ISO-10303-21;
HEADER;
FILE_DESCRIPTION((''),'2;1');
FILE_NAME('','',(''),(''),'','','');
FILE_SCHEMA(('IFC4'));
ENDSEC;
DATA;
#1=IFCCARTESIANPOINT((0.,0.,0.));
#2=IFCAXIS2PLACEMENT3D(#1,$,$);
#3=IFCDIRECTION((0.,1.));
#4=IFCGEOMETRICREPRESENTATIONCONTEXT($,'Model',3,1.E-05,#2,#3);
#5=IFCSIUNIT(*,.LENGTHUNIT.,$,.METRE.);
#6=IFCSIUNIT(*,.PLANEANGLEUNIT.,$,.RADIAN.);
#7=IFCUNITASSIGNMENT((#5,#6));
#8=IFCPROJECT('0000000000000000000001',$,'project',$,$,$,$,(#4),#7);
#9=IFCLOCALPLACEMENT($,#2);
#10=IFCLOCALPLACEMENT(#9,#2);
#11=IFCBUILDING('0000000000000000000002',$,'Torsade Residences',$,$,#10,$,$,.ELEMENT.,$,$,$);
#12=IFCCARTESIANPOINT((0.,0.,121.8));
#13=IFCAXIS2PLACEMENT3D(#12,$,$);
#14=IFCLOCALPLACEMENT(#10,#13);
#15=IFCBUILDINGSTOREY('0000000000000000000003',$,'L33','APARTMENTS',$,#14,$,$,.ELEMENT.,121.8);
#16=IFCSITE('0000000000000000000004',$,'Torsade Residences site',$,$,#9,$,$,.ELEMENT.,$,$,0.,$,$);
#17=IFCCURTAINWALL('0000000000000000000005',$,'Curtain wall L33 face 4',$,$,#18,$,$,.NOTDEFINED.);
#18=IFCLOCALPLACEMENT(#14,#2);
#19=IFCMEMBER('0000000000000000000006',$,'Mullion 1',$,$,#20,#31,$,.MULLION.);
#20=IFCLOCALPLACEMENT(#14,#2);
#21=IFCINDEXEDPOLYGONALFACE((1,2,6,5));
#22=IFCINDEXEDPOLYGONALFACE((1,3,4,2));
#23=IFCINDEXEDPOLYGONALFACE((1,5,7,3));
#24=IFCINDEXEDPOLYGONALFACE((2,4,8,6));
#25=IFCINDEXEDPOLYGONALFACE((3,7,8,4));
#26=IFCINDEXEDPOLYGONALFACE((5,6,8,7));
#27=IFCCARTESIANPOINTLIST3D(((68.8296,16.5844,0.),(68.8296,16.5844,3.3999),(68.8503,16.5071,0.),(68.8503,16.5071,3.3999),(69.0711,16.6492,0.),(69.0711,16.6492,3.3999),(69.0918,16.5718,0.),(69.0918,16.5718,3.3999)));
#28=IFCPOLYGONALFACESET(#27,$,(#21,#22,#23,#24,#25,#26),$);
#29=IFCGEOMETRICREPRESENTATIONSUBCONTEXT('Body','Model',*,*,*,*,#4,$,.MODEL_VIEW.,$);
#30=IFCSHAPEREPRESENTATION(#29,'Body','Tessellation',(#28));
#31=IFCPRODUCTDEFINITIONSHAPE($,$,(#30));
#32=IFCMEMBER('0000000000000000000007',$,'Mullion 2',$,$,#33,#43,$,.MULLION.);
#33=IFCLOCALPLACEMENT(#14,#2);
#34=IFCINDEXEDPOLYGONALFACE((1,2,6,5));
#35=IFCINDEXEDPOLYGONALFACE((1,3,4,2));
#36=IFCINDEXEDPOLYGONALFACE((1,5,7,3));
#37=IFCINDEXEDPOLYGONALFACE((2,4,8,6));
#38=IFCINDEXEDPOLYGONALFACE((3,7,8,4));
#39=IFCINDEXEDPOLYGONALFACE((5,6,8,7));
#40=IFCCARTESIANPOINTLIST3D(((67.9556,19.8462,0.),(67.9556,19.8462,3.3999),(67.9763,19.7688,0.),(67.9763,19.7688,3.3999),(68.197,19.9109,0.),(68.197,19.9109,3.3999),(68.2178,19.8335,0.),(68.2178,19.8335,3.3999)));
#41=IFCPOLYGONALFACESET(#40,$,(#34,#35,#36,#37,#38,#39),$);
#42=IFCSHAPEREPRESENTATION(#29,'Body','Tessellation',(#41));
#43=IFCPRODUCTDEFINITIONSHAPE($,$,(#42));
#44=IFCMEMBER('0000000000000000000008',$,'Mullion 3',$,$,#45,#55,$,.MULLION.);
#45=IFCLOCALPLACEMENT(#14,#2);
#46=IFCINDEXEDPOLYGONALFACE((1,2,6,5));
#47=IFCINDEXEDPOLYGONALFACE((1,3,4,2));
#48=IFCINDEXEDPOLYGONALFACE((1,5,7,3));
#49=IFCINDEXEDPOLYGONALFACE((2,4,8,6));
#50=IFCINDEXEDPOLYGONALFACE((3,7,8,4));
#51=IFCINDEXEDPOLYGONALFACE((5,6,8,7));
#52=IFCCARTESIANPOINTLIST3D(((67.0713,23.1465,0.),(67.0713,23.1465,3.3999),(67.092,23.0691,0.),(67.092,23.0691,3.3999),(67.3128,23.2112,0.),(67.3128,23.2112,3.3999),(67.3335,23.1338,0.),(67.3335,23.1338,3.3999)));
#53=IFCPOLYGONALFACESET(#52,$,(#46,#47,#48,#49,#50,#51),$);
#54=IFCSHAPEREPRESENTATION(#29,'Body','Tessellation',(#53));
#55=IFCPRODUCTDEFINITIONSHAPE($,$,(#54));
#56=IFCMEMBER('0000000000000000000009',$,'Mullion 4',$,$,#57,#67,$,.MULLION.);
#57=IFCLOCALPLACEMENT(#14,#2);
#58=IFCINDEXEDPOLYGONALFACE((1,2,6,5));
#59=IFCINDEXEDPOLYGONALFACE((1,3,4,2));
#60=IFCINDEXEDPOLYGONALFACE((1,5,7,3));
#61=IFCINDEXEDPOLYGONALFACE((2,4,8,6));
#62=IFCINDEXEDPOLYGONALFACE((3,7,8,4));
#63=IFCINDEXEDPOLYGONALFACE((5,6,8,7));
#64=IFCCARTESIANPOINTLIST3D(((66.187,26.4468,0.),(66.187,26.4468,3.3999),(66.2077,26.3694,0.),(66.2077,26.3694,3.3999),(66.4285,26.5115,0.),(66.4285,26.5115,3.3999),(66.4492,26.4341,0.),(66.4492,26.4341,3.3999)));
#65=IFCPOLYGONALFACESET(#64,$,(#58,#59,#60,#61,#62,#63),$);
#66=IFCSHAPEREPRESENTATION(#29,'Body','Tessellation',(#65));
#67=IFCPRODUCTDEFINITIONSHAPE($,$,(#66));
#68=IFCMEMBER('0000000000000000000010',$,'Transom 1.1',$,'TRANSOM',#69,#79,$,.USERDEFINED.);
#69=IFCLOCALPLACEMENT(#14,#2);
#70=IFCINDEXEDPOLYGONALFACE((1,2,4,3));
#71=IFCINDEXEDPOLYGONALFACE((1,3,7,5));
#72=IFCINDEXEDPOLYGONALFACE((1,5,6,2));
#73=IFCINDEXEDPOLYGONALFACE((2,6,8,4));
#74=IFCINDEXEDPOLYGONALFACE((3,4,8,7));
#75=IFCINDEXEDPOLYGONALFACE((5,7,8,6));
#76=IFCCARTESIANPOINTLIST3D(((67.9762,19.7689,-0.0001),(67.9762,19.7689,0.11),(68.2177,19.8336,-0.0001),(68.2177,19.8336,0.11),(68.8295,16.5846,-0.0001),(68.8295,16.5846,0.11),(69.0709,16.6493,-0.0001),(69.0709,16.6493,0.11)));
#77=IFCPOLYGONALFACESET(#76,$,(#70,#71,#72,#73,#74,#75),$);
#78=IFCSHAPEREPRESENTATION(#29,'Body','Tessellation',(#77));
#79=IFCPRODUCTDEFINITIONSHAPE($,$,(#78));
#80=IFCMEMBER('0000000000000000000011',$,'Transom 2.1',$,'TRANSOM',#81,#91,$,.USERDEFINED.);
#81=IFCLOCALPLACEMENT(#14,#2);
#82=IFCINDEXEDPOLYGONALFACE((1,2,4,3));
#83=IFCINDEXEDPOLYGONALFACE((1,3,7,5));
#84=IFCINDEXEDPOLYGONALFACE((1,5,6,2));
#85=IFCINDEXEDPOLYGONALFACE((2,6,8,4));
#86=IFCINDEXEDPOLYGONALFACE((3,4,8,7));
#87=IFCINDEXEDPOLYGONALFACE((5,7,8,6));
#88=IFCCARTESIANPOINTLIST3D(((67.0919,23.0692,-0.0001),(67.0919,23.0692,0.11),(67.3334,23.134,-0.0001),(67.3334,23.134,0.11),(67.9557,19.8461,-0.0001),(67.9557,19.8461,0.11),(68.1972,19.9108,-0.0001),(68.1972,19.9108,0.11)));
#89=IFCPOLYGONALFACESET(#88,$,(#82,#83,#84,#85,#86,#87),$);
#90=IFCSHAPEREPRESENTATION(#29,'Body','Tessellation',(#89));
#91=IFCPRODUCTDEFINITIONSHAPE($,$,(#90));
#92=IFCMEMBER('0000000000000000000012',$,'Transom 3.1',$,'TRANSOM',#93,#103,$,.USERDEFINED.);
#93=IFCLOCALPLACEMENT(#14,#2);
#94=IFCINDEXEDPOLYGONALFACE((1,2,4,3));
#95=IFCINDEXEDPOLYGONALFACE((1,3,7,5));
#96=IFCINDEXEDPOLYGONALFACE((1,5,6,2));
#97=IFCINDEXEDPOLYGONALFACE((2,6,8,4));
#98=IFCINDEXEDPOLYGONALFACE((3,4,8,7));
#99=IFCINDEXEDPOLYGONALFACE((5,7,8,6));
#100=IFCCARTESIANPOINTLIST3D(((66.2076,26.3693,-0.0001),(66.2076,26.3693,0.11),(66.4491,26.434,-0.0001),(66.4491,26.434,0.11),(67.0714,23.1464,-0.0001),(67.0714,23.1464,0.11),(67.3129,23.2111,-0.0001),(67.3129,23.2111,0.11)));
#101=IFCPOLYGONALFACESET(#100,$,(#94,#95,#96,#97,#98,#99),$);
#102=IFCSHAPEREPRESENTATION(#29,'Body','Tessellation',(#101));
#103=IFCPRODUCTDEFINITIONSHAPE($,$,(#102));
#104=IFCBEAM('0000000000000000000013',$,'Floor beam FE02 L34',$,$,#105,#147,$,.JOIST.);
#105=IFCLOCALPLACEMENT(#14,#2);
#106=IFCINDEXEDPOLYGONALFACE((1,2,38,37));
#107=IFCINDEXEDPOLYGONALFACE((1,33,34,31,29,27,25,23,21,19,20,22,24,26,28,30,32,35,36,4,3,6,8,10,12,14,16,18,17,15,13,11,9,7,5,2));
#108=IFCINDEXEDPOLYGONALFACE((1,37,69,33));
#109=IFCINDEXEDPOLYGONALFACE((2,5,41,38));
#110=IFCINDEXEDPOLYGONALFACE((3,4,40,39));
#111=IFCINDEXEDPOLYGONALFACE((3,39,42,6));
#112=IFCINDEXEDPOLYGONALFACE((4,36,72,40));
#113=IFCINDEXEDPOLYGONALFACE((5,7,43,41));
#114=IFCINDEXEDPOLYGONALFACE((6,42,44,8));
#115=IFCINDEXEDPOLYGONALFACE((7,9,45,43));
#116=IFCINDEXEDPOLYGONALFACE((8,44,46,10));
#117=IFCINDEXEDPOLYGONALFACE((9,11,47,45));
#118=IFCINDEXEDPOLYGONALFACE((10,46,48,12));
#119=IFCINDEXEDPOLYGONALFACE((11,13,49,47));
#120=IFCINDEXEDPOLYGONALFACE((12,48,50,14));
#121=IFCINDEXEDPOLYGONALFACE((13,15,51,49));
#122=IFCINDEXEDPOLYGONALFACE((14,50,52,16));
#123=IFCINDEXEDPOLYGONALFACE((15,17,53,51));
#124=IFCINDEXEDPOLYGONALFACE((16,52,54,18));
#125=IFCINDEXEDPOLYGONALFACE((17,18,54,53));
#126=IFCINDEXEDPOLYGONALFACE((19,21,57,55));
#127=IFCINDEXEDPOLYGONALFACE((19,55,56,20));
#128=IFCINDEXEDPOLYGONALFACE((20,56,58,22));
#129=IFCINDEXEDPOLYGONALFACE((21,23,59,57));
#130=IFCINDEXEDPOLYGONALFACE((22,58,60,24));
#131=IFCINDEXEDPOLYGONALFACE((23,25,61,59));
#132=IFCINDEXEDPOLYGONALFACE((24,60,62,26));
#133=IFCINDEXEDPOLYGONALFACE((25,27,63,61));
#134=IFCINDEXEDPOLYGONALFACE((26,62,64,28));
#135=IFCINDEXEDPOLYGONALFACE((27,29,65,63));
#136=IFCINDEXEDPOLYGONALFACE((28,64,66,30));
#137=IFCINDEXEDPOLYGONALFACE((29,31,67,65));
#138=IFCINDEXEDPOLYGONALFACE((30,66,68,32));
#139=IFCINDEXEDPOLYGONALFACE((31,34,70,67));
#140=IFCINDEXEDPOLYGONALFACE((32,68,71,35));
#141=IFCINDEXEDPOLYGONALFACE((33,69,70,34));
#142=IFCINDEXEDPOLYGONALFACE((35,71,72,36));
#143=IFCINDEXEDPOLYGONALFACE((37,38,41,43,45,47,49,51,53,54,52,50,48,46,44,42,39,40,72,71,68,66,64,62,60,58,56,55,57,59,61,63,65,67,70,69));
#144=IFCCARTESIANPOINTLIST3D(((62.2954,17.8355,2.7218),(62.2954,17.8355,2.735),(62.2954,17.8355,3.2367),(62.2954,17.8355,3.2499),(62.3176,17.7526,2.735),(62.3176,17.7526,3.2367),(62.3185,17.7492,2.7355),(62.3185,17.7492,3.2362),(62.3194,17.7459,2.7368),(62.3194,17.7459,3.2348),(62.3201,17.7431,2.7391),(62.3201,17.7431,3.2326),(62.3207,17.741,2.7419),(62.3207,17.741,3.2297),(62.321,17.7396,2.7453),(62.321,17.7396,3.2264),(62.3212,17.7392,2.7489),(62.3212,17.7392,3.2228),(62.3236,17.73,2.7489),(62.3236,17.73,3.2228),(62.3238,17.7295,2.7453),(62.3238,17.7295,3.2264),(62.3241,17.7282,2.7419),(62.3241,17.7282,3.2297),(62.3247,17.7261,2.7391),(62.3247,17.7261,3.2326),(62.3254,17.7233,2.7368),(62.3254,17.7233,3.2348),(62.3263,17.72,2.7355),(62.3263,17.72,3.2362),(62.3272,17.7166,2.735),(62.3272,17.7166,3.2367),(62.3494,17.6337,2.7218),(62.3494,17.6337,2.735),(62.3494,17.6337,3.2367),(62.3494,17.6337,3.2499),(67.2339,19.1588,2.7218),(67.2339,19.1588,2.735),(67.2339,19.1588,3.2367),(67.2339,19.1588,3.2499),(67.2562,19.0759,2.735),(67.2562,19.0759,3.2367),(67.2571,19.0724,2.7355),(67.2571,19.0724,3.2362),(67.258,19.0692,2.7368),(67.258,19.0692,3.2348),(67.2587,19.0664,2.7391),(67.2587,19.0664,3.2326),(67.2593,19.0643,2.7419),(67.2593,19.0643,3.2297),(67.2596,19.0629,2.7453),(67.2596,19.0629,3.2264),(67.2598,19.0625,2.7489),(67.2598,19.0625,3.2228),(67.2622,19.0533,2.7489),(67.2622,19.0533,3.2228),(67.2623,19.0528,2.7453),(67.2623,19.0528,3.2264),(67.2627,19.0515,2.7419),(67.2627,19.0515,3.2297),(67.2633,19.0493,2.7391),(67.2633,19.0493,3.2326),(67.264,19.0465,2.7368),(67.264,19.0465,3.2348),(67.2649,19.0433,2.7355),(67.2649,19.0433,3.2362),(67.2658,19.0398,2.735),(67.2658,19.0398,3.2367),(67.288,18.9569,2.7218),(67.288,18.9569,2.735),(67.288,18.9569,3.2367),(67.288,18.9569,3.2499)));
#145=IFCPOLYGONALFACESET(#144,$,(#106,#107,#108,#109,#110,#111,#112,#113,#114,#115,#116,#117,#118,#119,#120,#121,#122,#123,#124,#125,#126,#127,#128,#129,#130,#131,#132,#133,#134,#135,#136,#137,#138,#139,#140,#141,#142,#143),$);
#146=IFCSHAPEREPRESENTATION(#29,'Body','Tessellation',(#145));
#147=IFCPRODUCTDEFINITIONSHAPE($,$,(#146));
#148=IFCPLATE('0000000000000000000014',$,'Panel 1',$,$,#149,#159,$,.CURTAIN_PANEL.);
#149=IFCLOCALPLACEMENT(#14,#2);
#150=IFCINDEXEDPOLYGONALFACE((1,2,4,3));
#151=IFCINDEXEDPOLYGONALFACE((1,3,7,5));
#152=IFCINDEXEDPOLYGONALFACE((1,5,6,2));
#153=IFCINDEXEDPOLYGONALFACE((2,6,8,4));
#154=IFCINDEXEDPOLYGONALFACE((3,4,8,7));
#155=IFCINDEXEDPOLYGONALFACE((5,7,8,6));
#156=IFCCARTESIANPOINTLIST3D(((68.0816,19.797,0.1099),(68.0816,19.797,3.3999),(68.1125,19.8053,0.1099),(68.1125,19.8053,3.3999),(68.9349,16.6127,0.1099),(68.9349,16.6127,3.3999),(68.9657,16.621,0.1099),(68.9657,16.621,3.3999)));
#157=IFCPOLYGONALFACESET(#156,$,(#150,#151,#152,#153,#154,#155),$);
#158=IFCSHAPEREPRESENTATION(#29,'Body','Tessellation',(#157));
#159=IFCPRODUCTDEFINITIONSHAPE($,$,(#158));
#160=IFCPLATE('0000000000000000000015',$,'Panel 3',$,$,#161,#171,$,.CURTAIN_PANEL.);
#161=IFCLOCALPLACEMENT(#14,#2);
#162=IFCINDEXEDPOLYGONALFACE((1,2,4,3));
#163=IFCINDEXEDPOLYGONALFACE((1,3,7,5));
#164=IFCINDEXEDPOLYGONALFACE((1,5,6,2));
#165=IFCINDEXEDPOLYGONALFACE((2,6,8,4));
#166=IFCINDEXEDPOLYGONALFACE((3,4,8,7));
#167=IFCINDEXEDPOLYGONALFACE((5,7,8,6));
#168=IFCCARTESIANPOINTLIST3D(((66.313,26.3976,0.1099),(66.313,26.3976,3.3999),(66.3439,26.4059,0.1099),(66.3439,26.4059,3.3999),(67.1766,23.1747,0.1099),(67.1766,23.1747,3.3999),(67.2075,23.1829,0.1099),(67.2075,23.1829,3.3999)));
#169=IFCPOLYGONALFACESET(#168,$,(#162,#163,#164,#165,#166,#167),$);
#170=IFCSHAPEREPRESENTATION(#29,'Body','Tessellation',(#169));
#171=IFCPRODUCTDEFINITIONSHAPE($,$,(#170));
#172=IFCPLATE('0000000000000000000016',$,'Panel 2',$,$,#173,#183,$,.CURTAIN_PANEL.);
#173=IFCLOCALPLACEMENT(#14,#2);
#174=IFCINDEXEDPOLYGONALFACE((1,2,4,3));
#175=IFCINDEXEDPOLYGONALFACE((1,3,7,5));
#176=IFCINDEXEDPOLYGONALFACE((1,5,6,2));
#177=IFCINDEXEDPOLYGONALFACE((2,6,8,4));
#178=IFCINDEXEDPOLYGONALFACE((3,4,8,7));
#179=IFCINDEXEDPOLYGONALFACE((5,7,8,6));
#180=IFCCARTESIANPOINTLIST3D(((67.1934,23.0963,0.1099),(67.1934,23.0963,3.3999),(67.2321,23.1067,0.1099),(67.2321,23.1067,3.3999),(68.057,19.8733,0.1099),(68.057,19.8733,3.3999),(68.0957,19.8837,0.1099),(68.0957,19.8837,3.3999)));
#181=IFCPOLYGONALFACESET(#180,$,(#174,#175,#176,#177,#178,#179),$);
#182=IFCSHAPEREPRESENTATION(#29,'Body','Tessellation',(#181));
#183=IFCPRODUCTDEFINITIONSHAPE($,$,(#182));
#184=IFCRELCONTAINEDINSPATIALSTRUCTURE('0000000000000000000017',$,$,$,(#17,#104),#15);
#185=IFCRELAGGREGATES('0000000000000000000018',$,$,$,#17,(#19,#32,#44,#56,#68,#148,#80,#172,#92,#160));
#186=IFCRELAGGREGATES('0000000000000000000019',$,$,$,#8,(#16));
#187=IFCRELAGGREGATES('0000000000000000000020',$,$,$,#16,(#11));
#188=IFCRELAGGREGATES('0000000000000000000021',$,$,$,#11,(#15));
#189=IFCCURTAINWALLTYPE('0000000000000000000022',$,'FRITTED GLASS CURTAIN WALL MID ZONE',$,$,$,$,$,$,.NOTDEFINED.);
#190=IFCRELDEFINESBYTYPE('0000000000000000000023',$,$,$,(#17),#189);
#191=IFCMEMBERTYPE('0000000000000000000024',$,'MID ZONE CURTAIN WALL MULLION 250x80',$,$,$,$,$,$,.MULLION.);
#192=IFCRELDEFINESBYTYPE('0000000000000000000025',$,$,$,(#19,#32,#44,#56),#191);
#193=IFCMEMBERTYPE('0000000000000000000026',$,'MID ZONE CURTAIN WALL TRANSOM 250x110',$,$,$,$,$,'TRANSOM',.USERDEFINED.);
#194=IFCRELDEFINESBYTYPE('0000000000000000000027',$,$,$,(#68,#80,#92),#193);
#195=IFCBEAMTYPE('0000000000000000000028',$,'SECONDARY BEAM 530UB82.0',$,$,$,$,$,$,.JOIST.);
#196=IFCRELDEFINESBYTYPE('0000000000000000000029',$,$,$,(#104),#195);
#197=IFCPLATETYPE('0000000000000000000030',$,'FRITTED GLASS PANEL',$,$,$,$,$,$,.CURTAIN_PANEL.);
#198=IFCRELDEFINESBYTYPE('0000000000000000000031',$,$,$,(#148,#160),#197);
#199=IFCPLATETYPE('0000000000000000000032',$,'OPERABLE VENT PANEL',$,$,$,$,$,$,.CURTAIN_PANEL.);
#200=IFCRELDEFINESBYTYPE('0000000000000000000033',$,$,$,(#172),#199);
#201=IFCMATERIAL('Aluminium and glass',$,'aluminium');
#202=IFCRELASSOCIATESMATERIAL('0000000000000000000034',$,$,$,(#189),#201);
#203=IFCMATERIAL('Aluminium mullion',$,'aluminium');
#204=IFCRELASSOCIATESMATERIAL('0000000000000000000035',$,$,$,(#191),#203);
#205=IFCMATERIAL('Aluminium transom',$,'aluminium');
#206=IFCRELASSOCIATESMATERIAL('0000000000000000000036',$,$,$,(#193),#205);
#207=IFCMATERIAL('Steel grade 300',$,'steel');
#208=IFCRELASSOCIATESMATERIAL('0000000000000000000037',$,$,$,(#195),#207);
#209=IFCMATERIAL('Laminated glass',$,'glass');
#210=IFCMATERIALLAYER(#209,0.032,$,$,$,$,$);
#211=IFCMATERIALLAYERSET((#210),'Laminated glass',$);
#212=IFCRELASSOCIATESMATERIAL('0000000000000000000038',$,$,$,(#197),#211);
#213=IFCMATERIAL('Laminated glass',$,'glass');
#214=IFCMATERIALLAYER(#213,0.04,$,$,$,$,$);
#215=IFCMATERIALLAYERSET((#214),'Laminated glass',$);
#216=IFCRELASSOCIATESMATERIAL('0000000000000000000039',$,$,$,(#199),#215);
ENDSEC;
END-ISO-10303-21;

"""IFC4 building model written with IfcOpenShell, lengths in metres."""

from ifc_helpers import new_model, si_unit, direction, frame, origin, origin_2d, place, context, subcontext, project, spatial, rectangle, i_section, extrude, material, layer, layer_set, material_profile, profile_set, type_object, element, aggregate, save


model = new_model("IFC4")

# Units and contexts
model_context = context("Model", 3, precision=1e-05, world=origin(), true_north=direction((0.0, 1.0)))
body_context = subcontext(model_context, "Body", "Model", "MODEL_VIEW")
ifc_project = project(units=[si_unit("LENGTHUNIT", "METRE"), si_unit("PLANEANGLEUNIT", "RADIAN")], contexts=[model_context])

# Site, building, storey
site_placement = place(None, origin())
site = spatial("IfcSite", under=ifc_project, at=site_placement, Name="Torsade Residences site", CompositionType="ELEMENT", RefElevation=0.0)
building_placement = place(site_placement, origin())
building = spatial("IfcBuilding", under=site, at=building_placement, Name="Torsade Residences", CompositionType="ELEMENT")
storey_placement = place(building_placement, frame((0.0, 0.0, 121.8)))
storey = spatial("IfcBuildingStorey", under=building, at=storey_placement, Name="L33", Description="APARTMENTS", CompositionType="ELEMENT", Elevation=121.8)

# Curtain wall, members
ifc_material_1 = material(Name="Aluminium and glass", Category="aluminium")
curtain_wall_type = type_object("IfcCurtainWallType", Name="FRITTED GLASS CURTAIN WALL MID ZONE", PredefinedType="NOTDEFINED", material=ifc_material_1)
curtain_wall_placement = place(storey_placement, origin())
curtain_wall = element("IfcCurtainWall", 1, at=curtain_wall_placement, inside=storey, type_object=curtain_wall_type, Name="Curtain wall L33 face 4", PredefinedType="NOTDEFINED")
ifc_material_2 = material(Name="Aluminium mullion", Category="aluminium")
ifc_material_profile_1 = material_profile(ifc_material_2, rectangle(XDim=0.25, YDim=0.0801, at=origin_2d()), Name="MID ZONE CURTAIN WALL MULLION 250x80")
ifc_profile_set_1 = profile_set([ifc_material_profile_1], Name="Aluminium mullion")
member_type_1 = type_object("IfcMemberType", Name="MID ZONE CURTAIN WALL MULLION 250x80", PredefinedType="MULLION", material=ifc_profile_set_1)
member_1_placement = place(storey_placement, frame((68.9607, 16.5781, 0.0), z_axis=(0.0, 0.0, 1.0), x_axis=(-0.965926, -0.258819, 0.0)))
member_1 = element("IfcMember", 2, at=member_1_placement, type_object=member_type_1, Name="Mullion 1", PredefinedType="MULLION", context=body_context, shape_type="SweptSolid", body=[
    extrude(rectangle(XDim=0.25, YDim=0.0801, at=origin_2d()), origin(), (0.0, 0.0, 1.0), 3.3999),
])
member_2_placement = place(storey_placement, frame((68.0867, 19.8398, 0.0), z_axis=(0.0, 0.0, 1.0), x_axis=(-0.965926, -0.258819, 0.0)))
member_2 = element("IfcMember", 3, at=member_2_placement, type_object=member_type_1, Name="Mullion 2", PredefinedType="MULLION", context=body_context, shape_type="SweptSolid", body=[
    extrude(rectangle(XDim=0.25, YDim=0.0801, at=origin_2d()), origin(), (0.0, 0.0, 1.0), 3.3999),
])
member_3_placement = place(storey_placement, frame((67.2024, 23.1401, 0.0), z_axis=(0.0, 0.0, 1.0), x_axis=(-0.965926, -0.258819, 0.0)))
member_3 = element("IfcMember", 4, at=member_3_placement, type_object=member_type_1, Name="Mullion 3", PredefinedType="MULLION", context=body_context, shape_type="SweptSolid", body=[
    extrude(rectangle(XDim=0.25, YDim=0.0801, at=origin_2d()), origin(), (0.0, 0.0, 1.0), 3.3999),
])
member_4_placement = place(storey_placement, frame((66.3181, 26.4404, 0.0), z_axis=(0.0, 0.0, 1.0), x_axis=(-0.965926, -0.258819, 0.0)))
member_4 = element("IfcMember", 5, at=member_4_placement, type_object=member_type_1, Name="Mullion 4", PredefinedType="MULLION", context=body_context, shape_type="SweptSolid", body=[
    extrude(rectangle(XDim=0.25, YDim=0.0801, at=origin_2d()), origin(), (0.0, 0.0, 1.0), 3.3999),
])
ifc_material_3 = material(Name="Aluminium transom", Category="aluminium")
ifc_material_profile_2 = material_profile(ifc_material_3, rectangle(XDim=0.25, YDim=0.1101, at=origin_2d()), Name="MID ZONE CURTAIN WALL TRANSOM 250x110")
ifc_profile_set_2 = profile_set([ifc_material_profile_2], Name="Aluminium transom")
member_type_2 = type_object("IfcMemberType", Name="MID ZONE CURTAIN WALL TRANSOM 250x110", ElementType="TRANSOM", PredefinedType="USERDEFINED", material=ifc_profile_set_2)
member_5_placement = place(storey_placement, frame((68.9502, 16.6169, 0.0549), z_axis=(-0.258829, 0.965923, 0.0), x_axis=(-0.965923, -0.258829, 0.0)))
member_5 = element("IfcMember", 6, at=member_5_placement, type_object=member_type_2, Name="Transom 1.1", ObjectType="TRANSOM", PredefinedType="USERDEFINED", context=body_context, shape_type="SweptSolid", body=[
    extrude(rectangle(XDim=0.25, YDim=0.1101, at=origin_2d()), origin(), (0.0, 0.0, 1.0), 3.2966),
])
member_6_placement = place(storey_placement, frame((68.0764, 19.8784, 0.0549), z_axis=(-0.258856, 0.965916, 0.0), x_axis=(-0.965916, -0.258856, 0.0)))
member_6 = element("IfcMember", 7, at=member_6_placement, type_object=member_type_2, Name="Transom 2.1", ObjectType="TRANSOM", PredefinedType="USERDEFINED", context=body_context, shape_type="SweptSolid", body=[
    extrude(rectangle(XDim=0.25, YDim=0.1101, at=origin_2d()), origin(), (0.0, 0.0, 1.0), 3.3369),
])
member_7_placement = place(storey_placement, frame((67.1921, 23.1787, 0.0549), z_axis=(-0.258874, 0.965911, 0.0), x_axis=(-0.965911, -0.258874, 0.0)))
member_7 = element("IfcMember", 8, at=member_7_placement, type_object=member_type_2, Name="Transom 3.1", ObjectType="TRANSOM", PredefinedType="USERDEFINED", context=body_context, shape_type="SweptSolid", body=[
    extrude(rectangle(XDim=0.25, YDim=0.1101, at=origin_2d()), origin(), (0.0, 0.0, 1.0), 3.3367),
])

# Beam
ifc_material_4 = material(Name="Steel grade 300", Category="steel")
ifc_material_profile_3 = material_profile(ifc_material_4, i_section(OverallWidth=0.209, OverallDepth=0.5281, WebThickness=0.0095, FlangeThickness=0.0132, FilletRadius=0.0139, at=origin_2d()), Name="530UB82.0")
ifc_profile_set_3 = profile_set([ifc_material_profile_3], Name="Steel grade 300")
beam_type = type_object("IfcBeamType", Name="SECONDARY BEAM 530UB82.0", PredefinedType="JOIST", material=ifc_profile_set_3)
beam_placement = place(storey_placement, frame((67.261, 19.0579, 2.9858), z_axis=(-0.965927, -0.258816, 0.0), x_axis=(0.258816, -0.965927, 0.0)))
element("IfcBeam", 9, at=beam_placement, inside=storey, type_object=beam_type, Name="Floor beam FE02 L34", PredefinedType="JOIST", context=body_context, shape_type="SweptSolid", body=[
    extrude(i_section(OverallWidth=0.209, OverallDepth=0.5281, WebThickness=0.0095, FlangeThickness=0.0132, FilletRadius=0.0139, at=origin_2d()), origin(), (0.0, 0.0, 1.0), 5.1128),
])

# Plates
ifc_material_5 = material(Name="Laminated glass", Category="glass")
ifc_layer_1 = layer(ifc_material_5, 0.032)
ifc_layer_set_1 = layer_set([ifc_layer_1], Name="Laminated glass")
plate_type_1 = type_object("IfcPlateType", Name="FRITTED GLASS PANEL", PredefinedType="CURTAIN_PANEL", material=ifc_layer_set_1)
plate_1_placement = place(storey_placement, frame((68.5237, 18.209, 0.1099), z_axis=(0.0, 0.0, 1.0), x_axis=(-0.258819, 0.965926, 0.0)))
plate_1 = element("IfcPlate", 10, at=plate_1_placement, type_object=plate_type_1, Name="Panel 1", PredefinedType="CURTAIN_PANEL", context=body_context, shape_type="SweptSolid", body=[
    extrude(rectangle(XDim=3.2966, YDim=0.032, at=origin_2d()), origin(), (0.0, 0.0, 1.0), 3.29),
])
plate_2_placement = place(storey_placement, frame((66.7603, 24.7903, 0.1099), z_axis=(0.0, 0.0, 1.0), x_axis=(-0.258819, 0.965926, 0.0)))
plate_2 = element("IfcPlate", 11, at=plate_2_placement, type_object=plate_type_1, Name="Panel 3", PredefinedType="CURTAIN_PANEL", context=body_context, shape_type="SweptSolid", body=[
    extrude(rectangle(XDim=3.3367, YDim=0.032, at=origin_2d()), origin(), (0.0, 0.0, 1.0), 3.29),
])
ifc_material_6 = material(Name="Laminated glass", Category="glass")
ifc_layer_2 = layer(ifc_material_6, 0.04)
ifc_layer_set_2 = layer_set([ifc_layer_2], Name="Laminated glass")
plate_type_2 = type_object("IfcPlateType", Name="OPERABLE VENT PANEL", PredefinedType="CURTAIN_PANEL", material=ifc_layer_set_2)
plate_3_placement = place(storey_placement, frame((67.6445, 21.49, 0.1099), z_axis=(0.0, 0.0, 1.0), x_axis=(-0.258819, 0.965926, 0.0)))
plate_3 = element("IfcPlate", 12, at=plate_3_placement, type_object=plate_type_2, Name="Panel 2", PredefinedType="CURTAIN_PANEL", context=body_context, shape_type="SweptSolid", body=[
    extrude(rectangle(XDim=3.3367, YDim=0.04, at=origin_2d()), origin(), (0.0, 0.0, 1.0), 3.29),
])
aggregate(curtain_wall, [member_1, member_2, member_3, member_4, member_5, plate_1, member_6, plate_3, member_7, plate_2])

save(model, "model.ifc")
